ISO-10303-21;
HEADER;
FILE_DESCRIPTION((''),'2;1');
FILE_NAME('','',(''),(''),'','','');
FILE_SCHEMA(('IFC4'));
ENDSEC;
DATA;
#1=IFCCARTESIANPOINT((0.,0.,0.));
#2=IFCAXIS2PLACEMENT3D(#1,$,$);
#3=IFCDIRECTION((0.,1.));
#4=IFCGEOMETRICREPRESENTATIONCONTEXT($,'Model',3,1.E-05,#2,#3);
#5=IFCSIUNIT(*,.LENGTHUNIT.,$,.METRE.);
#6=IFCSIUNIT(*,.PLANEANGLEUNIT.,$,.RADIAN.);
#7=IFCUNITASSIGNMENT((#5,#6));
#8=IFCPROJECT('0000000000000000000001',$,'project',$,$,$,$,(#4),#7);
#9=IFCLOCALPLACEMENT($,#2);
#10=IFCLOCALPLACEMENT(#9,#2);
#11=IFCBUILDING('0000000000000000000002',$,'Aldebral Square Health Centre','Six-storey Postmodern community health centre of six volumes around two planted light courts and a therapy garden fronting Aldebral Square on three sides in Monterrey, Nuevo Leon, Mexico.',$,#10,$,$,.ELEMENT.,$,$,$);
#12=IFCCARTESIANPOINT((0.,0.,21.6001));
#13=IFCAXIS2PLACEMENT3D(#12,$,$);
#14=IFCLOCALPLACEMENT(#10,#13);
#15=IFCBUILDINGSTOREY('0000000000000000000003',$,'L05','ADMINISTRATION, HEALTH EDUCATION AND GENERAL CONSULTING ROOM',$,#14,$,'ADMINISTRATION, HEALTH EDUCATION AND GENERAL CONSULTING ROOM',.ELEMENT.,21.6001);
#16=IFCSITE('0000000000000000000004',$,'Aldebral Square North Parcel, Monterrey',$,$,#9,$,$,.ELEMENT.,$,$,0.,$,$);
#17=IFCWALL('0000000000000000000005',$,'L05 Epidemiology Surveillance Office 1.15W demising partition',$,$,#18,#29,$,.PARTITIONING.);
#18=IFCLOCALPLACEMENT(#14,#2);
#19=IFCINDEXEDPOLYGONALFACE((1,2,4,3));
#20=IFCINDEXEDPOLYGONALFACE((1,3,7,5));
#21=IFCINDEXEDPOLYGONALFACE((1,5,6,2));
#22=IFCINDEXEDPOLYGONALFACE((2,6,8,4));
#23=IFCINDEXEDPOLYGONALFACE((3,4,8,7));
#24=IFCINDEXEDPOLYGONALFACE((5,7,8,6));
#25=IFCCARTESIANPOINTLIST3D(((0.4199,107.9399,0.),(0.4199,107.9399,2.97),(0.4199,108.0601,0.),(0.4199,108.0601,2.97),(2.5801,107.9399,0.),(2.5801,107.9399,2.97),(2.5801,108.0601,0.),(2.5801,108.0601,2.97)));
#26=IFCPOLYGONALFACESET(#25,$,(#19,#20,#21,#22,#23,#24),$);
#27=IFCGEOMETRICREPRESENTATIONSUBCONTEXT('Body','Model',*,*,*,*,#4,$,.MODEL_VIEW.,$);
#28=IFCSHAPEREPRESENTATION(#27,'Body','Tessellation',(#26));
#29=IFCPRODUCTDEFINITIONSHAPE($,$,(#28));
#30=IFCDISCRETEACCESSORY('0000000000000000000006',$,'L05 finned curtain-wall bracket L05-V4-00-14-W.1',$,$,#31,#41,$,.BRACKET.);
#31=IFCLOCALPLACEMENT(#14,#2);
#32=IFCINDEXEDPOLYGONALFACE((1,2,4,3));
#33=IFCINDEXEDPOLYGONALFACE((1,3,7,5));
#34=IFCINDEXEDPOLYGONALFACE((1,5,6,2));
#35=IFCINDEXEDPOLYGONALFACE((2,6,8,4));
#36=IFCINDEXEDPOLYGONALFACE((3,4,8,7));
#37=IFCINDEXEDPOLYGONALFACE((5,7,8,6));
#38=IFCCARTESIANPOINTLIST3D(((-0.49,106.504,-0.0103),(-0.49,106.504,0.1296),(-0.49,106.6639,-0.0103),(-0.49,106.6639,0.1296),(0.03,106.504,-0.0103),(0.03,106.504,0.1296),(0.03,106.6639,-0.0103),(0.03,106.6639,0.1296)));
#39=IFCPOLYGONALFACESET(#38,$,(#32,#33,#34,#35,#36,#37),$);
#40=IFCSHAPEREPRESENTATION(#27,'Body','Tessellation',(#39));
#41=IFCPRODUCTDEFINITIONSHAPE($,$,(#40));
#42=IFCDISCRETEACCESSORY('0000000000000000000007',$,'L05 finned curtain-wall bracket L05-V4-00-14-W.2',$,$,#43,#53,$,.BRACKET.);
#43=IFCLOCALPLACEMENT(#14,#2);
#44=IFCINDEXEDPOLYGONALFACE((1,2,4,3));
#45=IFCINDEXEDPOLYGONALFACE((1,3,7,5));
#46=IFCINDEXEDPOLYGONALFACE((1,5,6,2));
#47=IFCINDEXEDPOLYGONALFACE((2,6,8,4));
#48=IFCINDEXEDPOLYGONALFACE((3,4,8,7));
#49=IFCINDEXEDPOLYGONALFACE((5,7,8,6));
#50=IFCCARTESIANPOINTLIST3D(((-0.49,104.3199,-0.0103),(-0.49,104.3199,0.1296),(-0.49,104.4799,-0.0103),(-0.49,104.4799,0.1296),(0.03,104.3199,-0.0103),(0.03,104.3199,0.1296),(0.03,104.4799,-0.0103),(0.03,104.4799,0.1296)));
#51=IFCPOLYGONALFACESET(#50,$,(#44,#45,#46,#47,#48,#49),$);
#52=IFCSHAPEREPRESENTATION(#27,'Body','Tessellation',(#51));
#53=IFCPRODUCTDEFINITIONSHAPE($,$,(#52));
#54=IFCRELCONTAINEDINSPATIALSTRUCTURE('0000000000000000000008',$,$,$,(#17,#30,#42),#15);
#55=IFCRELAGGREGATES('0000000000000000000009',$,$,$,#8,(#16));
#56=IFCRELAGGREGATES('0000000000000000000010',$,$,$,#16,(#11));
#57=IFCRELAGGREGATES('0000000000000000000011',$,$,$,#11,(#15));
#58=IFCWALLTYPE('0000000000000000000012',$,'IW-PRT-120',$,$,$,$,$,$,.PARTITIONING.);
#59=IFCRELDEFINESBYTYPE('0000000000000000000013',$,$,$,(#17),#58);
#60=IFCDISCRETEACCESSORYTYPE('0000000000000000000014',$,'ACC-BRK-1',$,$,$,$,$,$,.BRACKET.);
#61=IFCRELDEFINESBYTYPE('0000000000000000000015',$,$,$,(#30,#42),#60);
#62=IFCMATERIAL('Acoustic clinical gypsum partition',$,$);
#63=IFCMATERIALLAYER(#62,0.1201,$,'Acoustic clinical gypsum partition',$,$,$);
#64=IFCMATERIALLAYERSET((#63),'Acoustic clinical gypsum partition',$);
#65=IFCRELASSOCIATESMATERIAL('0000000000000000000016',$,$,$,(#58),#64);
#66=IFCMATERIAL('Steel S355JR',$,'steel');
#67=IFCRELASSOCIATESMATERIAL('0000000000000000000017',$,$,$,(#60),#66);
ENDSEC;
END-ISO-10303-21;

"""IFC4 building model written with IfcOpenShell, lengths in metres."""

from ifc_helpers import new_model, si_unit, direction, frame, frame_2d, origin, origin_2d, place, context, subcontext, project, spatial, rectangle, extrude, material, layer, layer_set, type_object, element, save


model = new_model("IFC4")

# Units and contexts
model_context = context("Model", 3, precision=1e-05, world=origin(), true_north=direction((0.0, 1.0)))
body_context = subcontext(model_context, "Body", "Model", "MODEL_VIEW")
ifc_project = project(units=[si_unit("LENGTHUNIT", "METRE"), si_unit("PLANEANGLEUNIT", "RADIAN")], contexts=[model_context])

# Site, building, storey
site_placement = place(None, origin())
site = spatial("IfcSite", under=ifc_project, at=site_placement, Name="Aldebral Square North Parcel, Monterrey", CompositionType="ELEMENT", RefElevation=0.0)
building_placement = place(site_placement, origin())
building = spatial("IfcBuilding", under=site, at=building_placement, Name="Aldebral Square Health Centre", Description="Six-storey Postmodern community health centre of six volumes around two planted light courts and a therapy garden fronting Aldebral Square on three sides in Monterrey, Nuevo Leon, Mexico.", CompositionType="ELEMENT")
storey_placement = place(building_placement, frame((0.0, 0.0, 21.6001)))
storey = spatial("IfcBuildingStorey", under=building, at=storey_placement, Name="L05", Description="ADMINISTRATION, HEALTH EDUCATION AND GENERAL CONSULTING ROOM", LongName="ADMINISTRATION, HEALTH EDUCATION AND GENERAL CONSULTING ROOM", CompositionType="ELEMENT", Elevation=21.6001)

# Wall
ifc_material_1 = material(Name="Acoustic clinical gypsum partition")
ifc_layer_1 = layer(ifc_material_1, 0.1201, Name="Acoustic clinical gypsum partition")
ifc_layer_set_1 = layer_set([ifc_layer_1], Name="Acoustic clinical gypsum partition")
wall_type_1 = type_object("IfcWallType", Name="IW-PRT-120", PredefinedType="PARTITIONING", material=ifc_layer_set_1)
wall_1_placement = place(storey_placement, frame((0.4199, 108.0, 0.0), z_axis=(0.0, 0.0, 1.0), x_axis=(1.0, 0.0, 0.0)))
element("IfcWall", 1, at=wall_1_placement, inside=storey, type_object=wall_type_1, Name="L05 Epidemiology Surveillance Office 1.15W demising partition", PredefinedType="PARTITIONING", context=body_context, shape_type="SweptSolid", body=[
    extrude(rectangle(XDim=2.1602, YDim=0.1201, at=frame_2d((1.0801, 0.0))), origin(), (0.0, 0.0, 1.0), 2.97),
])

# Discrete accessories
ifc_material_2 = material(Name="Steel S355JR", Category="steel")
discrete_accessory_type = type_object("IfcDiscreteAccessoryType", Name="ACC-BRK-1", PredefinedType="BRACKET", material=ifc_material_2)
for number, where, z_axis, x_axis, name in (
    (2, (-0.23, 106.584, -0.0103), (0.0, 0.0, 1.0), (0.0, 1.0, 0.0), "L05 finned curtain-wall bracket L05-V4-00-14-W.1"),
    (3, (-0.23, 104.3999, -0.0103), (0.0, 0.0, 1.0), (0.0, 1.0, 0.0), "L05 finned curtain-wall bracket L05-V4-00-14-W.2"),
):
    element("IfcDiscreteAccessory", number, at=place(storey_placement, frame(where, z_axis=z_axis, x_axis=x_axis)), inside=storey, type_object=discrete_accessory_type, Name=name, PredefinedType="BRACKET", context=body_context, shape_type="SweptSolid", body=[
        extrude(rectangle(XDim=0.1599, YDim=0.52, at=origin_2d()), origin(), (0.0, 0.0, 1.0), 0.1399),
    ])

save(model, "model.ifc")
